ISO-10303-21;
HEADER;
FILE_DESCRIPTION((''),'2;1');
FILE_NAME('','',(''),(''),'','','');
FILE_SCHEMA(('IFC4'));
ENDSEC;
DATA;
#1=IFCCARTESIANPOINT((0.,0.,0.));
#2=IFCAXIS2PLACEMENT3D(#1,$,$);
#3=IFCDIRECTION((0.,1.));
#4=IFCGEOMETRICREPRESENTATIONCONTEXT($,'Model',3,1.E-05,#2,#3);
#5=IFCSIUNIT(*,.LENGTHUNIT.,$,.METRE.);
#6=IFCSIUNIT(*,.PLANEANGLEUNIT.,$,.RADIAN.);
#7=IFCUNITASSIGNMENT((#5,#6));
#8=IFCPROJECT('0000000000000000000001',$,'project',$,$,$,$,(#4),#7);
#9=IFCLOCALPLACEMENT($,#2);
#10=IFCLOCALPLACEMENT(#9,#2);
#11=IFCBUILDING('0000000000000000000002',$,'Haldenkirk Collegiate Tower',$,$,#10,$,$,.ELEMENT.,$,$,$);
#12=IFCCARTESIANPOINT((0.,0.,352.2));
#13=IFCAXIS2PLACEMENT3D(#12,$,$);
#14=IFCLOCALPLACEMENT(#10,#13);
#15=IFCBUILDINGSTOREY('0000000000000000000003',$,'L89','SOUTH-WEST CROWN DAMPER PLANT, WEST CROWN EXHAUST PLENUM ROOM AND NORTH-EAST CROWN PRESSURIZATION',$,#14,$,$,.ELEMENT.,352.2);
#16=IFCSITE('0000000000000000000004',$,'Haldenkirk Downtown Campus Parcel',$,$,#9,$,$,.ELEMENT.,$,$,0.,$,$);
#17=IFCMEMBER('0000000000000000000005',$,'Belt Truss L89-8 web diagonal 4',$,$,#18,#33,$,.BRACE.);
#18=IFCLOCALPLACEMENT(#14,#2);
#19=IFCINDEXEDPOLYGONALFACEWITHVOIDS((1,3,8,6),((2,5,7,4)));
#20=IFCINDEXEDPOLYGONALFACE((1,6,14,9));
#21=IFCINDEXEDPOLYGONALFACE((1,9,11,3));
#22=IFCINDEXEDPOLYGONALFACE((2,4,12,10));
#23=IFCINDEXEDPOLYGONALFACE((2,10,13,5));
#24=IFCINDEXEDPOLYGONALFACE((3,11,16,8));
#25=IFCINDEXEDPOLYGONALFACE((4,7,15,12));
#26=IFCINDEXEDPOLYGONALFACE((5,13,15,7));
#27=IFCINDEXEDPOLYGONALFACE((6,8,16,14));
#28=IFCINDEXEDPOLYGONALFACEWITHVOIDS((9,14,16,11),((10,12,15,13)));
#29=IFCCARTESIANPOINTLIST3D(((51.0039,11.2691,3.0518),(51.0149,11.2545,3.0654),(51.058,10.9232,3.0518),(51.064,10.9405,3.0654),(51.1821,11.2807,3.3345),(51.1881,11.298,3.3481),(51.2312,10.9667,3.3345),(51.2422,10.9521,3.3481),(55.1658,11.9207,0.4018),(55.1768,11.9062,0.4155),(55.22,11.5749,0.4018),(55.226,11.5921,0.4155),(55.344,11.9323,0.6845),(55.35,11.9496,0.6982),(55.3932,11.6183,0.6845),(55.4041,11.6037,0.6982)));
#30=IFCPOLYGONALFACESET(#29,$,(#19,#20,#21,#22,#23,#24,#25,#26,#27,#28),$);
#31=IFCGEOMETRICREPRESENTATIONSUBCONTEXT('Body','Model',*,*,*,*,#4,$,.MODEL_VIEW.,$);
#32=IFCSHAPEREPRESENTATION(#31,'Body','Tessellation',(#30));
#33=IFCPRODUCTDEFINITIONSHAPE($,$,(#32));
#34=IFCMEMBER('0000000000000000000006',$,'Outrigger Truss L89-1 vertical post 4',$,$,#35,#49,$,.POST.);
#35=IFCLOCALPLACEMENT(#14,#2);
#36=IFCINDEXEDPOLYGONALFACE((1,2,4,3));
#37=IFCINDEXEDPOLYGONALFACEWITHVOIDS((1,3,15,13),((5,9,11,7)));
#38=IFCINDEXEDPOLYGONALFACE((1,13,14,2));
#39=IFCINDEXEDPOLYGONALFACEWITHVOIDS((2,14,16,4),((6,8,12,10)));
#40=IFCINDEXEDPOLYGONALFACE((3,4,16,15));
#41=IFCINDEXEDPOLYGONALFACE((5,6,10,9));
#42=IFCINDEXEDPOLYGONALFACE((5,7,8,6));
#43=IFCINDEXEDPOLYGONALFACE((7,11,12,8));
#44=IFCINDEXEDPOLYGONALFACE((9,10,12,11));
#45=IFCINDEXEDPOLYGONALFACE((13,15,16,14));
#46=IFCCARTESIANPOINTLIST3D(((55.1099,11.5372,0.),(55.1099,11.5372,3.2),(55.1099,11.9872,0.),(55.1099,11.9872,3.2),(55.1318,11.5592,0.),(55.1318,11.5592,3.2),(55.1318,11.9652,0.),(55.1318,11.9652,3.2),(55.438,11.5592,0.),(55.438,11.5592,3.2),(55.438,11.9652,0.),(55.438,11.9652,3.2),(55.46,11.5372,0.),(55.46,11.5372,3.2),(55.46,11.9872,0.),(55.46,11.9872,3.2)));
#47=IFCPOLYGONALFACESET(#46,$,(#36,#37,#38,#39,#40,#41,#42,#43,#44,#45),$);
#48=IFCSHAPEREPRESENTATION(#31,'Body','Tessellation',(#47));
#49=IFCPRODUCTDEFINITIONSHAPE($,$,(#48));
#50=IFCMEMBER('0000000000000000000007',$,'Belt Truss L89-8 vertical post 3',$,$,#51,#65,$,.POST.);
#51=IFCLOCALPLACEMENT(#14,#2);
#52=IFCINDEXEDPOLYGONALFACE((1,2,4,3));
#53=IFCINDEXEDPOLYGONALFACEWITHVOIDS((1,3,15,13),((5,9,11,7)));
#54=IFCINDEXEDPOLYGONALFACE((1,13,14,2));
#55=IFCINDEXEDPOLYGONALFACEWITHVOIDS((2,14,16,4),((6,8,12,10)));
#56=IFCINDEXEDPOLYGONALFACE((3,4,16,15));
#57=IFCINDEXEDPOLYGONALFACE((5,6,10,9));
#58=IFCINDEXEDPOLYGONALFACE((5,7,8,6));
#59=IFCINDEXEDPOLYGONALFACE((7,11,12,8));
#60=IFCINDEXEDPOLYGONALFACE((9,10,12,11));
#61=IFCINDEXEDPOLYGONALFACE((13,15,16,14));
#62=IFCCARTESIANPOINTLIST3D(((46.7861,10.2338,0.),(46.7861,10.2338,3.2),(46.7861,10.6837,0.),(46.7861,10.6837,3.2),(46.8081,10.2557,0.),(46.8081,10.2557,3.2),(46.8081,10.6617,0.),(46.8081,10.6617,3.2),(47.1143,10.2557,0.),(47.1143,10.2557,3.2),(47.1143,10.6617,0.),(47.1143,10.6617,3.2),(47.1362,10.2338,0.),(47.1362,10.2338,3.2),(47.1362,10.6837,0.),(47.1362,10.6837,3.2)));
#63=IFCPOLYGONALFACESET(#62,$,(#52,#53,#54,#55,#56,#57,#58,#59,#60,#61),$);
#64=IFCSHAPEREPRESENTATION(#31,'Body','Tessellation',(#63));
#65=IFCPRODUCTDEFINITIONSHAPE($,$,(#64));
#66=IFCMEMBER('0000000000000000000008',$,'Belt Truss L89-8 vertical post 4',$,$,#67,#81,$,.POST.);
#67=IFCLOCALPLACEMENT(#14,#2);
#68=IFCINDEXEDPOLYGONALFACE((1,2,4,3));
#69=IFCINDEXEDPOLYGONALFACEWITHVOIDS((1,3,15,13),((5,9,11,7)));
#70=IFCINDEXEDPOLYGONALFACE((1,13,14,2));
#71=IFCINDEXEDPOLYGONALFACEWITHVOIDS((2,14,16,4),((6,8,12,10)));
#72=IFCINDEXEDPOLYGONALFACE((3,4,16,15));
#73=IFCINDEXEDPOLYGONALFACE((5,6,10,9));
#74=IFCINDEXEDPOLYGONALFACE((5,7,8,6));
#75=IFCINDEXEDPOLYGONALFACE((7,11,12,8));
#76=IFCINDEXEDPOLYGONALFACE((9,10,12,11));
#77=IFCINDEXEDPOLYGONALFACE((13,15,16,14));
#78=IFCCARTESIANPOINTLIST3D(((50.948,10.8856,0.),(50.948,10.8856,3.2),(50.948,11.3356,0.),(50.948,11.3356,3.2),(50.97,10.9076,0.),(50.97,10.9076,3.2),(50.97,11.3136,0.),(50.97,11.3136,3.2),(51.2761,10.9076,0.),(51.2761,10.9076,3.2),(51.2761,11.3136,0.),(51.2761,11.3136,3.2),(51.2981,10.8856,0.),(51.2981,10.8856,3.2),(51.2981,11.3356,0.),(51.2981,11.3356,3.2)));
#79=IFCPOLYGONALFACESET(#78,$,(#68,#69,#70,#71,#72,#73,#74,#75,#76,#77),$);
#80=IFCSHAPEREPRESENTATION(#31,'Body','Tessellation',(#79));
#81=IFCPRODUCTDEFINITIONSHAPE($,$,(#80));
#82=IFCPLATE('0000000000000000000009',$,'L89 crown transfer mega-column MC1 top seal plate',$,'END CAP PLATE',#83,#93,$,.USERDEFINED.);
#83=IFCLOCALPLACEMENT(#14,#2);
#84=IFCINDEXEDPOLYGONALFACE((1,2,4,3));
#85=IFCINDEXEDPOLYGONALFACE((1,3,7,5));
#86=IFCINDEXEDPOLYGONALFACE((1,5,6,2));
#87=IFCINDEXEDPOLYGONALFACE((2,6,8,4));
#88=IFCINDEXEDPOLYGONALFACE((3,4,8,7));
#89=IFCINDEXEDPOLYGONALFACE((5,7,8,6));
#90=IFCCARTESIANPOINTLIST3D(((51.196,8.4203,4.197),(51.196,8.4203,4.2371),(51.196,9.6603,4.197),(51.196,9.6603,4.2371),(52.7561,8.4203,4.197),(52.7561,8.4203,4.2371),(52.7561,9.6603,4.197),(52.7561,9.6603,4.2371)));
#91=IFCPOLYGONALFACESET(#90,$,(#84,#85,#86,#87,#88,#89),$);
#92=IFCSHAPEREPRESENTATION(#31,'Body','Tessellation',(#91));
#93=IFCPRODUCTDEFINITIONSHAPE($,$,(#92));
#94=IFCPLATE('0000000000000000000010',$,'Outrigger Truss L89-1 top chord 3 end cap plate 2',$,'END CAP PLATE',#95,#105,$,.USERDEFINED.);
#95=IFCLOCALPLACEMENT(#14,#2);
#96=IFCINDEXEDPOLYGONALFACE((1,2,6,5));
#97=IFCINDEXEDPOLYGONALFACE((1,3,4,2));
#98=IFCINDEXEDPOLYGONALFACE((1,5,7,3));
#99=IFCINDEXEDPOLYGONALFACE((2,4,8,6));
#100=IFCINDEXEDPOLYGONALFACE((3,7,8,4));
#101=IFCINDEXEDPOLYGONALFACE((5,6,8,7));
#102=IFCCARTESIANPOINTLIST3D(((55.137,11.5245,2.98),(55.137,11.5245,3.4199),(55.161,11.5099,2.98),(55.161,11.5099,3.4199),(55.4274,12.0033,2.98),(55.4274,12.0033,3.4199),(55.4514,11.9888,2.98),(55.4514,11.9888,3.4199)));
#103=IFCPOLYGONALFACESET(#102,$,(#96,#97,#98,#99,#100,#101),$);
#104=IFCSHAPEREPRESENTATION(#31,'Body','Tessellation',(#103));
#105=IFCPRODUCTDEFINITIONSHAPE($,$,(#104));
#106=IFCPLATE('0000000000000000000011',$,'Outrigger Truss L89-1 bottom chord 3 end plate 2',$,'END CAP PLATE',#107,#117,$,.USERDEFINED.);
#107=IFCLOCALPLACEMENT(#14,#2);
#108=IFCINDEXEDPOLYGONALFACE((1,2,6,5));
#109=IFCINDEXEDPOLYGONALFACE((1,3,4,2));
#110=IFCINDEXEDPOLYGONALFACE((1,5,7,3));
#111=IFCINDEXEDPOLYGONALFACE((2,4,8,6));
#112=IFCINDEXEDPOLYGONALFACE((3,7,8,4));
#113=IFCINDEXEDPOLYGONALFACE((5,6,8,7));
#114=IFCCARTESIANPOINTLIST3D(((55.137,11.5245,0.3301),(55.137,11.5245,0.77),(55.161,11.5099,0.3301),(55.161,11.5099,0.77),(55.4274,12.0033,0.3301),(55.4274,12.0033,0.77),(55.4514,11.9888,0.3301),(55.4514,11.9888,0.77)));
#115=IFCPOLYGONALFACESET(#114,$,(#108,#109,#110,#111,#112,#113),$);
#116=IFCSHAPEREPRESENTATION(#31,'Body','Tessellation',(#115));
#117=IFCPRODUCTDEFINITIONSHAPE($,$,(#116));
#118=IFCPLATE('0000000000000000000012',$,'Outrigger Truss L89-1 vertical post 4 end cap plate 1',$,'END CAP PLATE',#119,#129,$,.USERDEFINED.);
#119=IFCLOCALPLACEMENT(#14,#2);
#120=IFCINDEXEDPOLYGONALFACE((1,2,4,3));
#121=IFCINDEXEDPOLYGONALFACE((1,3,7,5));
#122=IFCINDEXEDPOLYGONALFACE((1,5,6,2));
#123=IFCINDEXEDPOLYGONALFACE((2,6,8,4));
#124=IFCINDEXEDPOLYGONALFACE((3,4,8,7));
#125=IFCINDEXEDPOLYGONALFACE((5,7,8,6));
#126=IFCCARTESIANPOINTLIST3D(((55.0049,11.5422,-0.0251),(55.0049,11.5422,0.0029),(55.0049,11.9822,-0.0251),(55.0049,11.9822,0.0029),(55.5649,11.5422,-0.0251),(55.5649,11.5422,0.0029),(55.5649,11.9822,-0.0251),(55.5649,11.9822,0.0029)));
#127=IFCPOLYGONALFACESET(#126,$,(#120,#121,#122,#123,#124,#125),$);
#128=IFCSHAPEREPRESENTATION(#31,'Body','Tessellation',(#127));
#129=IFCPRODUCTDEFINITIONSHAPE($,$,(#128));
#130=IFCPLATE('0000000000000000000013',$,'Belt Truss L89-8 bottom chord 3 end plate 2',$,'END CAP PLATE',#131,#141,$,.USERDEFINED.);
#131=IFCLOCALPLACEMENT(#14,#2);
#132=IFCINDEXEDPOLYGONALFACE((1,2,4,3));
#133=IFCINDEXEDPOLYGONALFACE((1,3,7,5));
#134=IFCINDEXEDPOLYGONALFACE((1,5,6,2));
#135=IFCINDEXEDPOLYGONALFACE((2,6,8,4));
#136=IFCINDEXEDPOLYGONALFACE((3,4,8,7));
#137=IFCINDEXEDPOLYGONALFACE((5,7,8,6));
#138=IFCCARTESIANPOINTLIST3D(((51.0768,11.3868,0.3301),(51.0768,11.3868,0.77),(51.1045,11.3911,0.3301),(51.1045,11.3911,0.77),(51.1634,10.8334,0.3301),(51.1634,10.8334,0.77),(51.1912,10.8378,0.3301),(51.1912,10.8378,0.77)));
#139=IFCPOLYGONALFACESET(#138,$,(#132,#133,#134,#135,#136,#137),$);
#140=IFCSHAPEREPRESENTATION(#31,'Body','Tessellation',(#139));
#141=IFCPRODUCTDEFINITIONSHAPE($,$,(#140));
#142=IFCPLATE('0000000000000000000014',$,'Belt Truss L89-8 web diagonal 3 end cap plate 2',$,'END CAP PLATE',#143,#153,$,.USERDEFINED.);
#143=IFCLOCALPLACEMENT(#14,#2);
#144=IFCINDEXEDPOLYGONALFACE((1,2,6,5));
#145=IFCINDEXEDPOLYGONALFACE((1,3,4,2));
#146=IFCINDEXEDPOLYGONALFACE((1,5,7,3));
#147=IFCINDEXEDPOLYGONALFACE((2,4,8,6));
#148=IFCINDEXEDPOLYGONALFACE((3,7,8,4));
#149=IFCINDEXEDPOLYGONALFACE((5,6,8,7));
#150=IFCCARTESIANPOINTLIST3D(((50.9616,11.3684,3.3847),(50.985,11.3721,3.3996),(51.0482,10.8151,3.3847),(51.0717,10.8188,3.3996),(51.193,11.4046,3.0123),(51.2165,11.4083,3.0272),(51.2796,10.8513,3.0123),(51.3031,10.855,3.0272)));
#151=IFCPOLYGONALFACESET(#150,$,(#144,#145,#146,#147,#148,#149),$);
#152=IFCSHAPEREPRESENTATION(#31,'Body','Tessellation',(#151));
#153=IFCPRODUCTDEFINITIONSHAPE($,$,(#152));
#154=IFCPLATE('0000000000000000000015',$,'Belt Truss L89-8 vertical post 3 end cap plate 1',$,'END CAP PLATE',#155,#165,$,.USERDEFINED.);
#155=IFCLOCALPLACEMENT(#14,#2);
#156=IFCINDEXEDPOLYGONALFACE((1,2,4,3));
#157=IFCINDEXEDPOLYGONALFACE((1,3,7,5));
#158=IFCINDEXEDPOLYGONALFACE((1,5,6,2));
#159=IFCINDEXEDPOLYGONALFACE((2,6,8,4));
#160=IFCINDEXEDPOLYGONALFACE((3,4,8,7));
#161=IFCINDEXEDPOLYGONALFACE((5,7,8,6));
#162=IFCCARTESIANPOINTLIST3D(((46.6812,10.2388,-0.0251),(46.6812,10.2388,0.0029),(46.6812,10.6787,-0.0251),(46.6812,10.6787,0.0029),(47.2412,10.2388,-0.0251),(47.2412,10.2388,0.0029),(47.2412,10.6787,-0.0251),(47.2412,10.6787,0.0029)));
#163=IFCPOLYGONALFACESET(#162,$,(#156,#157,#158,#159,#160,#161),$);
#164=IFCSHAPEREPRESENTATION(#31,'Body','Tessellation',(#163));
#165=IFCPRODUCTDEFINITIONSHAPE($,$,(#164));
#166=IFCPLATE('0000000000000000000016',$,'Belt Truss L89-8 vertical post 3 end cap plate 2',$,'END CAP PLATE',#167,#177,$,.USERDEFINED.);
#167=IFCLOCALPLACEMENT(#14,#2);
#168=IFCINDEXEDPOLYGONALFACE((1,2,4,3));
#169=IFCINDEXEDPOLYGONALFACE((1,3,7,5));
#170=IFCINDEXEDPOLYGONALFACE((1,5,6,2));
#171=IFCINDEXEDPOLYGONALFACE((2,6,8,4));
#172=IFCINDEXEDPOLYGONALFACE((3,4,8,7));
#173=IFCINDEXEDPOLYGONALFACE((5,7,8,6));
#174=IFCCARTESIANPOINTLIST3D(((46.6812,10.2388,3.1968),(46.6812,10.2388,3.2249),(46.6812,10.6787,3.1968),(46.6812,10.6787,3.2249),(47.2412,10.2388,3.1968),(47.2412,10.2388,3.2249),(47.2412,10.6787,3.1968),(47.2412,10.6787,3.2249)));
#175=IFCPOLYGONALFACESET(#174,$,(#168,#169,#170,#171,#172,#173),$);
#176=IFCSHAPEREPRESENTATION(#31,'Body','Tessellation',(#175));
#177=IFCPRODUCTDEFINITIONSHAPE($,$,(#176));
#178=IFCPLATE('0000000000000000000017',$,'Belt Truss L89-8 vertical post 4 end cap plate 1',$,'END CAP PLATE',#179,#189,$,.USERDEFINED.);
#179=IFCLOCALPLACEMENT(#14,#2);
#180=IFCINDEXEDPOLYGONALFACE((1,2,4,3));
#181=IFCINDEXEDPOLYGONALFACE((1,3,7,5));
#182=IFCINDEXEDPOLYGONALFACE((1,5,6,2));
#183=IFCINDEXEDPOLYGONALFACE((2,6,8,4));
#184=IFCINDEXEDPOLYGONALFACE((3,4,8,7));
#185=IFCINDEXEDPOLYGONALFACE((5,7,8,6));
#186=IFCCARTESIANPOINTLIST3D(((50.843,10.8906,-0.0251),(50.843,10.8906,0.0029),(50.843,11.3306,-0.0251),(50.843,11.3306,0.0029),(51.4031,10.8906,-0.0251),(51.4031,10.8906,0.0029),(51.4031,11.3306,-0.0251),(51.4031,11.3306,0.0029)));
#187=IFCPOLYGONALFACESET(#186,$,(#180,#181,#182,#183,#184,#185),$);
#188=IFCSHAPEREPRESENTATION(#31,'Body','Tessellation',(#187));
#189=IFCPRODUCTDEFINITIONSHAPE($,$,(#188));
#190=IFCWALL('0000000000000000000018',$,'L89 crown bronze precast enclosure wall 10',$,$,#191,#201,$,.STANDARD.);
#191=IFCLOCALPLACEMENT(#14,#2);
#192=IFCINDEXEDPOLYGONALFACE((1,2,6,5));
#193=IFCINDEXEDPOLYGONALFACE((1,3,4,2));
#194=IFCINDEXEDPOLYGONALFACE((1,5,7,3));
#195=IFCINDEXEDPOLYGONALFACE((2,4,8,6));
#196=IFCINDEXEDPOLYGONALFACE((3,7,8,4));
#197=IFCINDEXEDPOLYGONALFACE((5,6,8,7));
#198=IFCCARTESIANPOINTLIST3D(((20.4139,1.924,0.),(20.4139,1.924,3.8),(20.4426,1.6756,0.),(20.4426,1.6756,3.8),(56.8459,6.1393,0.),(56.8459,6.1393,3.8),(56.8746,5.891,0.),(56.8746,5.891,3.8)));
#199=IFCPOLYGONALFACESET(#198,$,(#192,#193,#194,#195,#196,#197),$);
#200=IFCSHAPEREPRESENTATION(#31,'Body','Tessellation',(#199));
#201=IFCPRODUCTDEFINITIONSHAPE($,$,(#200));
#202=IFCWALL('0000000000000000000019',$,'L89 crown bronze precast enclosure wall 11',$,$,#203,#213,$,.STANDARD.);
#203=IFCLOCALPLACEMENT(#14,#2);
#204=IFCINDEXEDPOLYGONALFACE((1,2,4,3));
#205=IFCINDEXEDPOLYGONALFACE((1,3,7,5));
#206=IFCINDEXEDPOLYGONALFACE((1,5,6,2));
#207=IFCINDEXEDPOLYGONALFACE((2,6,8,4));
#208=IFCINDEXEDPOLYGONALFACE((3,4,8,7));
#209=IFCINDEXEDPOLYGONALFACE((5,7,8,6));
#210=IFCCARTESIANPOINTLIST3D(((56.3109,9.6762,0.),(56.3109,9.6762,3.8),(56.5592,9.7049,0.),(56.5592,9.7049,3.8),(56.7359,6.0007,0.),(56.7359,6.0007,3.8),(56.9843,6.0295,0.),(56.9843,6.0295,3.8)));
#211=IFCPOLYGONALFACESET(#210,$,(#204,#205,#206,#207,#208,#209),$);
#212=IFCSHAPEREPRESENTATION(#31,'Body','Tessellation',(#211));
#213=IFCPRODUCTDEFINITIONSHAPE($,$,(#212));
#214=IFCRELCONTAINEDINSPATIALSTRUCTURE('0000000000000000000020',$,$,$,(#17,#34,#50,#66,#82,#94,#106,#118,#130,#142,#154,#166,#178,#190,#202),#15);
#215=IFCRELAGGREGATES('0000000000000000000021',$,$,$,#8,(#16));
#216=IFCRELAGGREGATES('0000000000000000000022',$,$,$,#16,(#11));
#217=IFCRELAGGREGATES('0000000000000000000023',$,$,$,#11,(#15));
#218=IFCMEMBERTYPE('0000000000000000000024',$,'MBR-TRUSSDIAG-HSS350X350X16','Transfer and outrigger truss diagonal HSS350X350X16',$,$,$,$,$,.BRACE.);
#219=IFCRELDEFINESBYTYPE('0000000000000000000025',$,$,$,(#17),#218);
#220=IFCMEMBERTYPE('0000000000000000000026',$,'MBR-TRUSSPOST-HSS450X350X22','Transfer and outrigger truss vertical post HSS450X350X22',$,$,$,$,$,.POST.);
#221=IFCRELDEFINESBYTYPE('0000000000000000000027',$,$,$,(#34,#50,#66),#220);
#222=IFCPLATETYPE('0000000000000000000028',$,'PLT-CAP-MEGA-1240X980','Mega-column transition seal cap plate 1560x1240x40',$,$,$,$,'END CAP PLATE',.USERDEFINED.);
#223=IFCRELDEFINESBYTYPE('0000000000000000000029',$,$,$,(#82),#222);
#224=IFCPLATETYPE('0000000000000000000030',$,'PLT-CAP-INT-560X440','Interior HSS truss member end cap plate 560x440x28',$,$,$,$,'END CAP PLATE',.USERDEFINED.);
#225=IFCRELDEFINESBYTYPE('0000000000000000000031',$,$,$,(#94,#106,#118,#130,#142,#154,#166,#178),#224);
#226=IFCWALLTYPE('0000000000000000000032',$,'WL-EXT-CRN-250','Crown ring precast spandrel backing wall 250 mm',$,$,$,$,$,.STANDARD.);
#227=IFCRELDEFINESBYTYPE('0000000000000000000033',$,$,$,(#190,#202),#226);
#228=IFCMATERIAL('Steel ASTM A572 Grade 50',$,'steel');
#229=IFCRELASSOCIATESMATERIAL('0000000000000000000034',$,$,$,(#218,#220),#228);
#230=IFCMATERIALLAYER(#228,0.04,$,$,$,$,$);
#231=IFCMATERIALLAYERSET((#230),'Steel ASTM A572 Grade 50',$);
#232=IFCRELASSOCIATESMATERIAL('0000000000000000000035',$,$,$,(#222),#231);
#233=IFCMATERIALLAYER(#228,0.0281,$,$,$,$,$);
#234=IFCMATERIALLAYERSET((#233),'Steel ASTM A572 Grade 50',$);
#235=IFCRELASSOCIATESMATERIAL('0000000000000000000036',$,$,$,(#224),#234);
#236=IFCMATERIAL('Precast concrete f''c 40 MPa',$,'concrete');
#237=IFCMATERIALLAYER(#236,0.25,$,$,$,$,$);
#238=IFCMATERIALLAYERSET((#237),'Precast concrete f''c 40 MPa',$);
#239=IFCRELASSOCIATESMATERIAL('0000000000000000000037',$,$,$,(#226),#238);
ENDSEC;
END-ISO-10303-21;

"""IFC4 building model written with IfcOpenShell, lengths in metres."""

from ifc_helpers import new_model, si_unit, direction, frame, frame_2d, origin, origin_2d, place, context, subcontext, project, spatial, rectangle, hollow_rectangle, extrude, source, transform, mapped, material, layer, layer_set, material_profile, profile_set, type_object, element, save


model = new_model("IFC4")

# Units and contexts
model_context = context("Model", 3, precision=1e-05, world=origin(), true_north=direction((0.0, 1.0)))
body_context = subcontext(model_context, "Body", "Model", "MODEL_VIEW")
ifc_project = project(units=[si_unit("LENGTHUNIT", "METRE"), si_unit("PLANEANGLEUNIT", "RADIAN")], contexts=[model_context])

# Site, building, storey
site_placement = place(None, origin())
site = spatial("IfcSite", under=ifc_project, at=site_placement, Name="Haldenkirk Downtown Campus Parcel", CompositionType="ELEMENT", RefElevation=0.0)
building_placement = place(site_placement, origin())
building = spatial("IfcBuilding", under=site, at=building_placement, Name="Haldenkirk Collegiate Tower", CompositionType="ELEMENT")
storey_placement = place(building_placement, frame((0.0, 0.0, 352.2)))
storey = spatial("IfcBuildingStorey", under=building, at=storey_placement, Name="L89", Description="SOUTH-WEST CROWN DAMPER PLANT, WEST CROWN EXHAUST PLENUM ROOM AND NORTH-EAST CROWN PRESSURIZATION", CompositionType="ELEMENT", Elevation=352.2)

# Shared definitions
ifc_material_1 = material(Name="Steel ASTM A572 Grade 50", Category="steel")

# Members
ifc_material_profile_1 = material_profile(ifc_material_1, hollow_rectangle(XDim=0.3501, YDim=0.3501, WallThickness=0.0161, at=origin_2d()), Name="HSS350X350X16")
ifc_profile_set_1 = profile_set([ifc_material_profile_1], Name="Steel ASTM A572 Grade 50")
member_type_1 = type_object("IfcMemberType", Name="MBR-TRUSSDIAG-HSS350X350X16", Description="Transfer and outrigger truss diagonal HSS350X350X16", PredefinedType="BRACE", material=ifc_profile_set_1)
member_1_placement = place(storey_placement, frame((51.123, 11.1106, 3.2), z_axis=(0.836267, 0.130932, -0.53246), x_axis=(-0.154683, 0.987964, 0.0)))
element("IfcMember", 1, at=member_1_placement, inside=storey, type_object=member_type_1, Name="Belt Truss L89-8 web diagonal 4", PredefinedType="BRACE", context=body_context, shape_type="SweptSolid", body=[
    extrude(hollow_rectangle(XDim=0.3501, YDim=0.3501, WallThickness=0.0161, at=origin_2d()), origin(), (0.0, 0.0, 1.0), 4.9768),
])
ifc_material_profile_2 = material_profile(ifc_material_1, hollow_rectangle(XDim=0.3501, YDim=0.45, WallThickness=0.022, at=origin_2d()), Name="HSS450X350X22")
ifc_profile_set_2 = profile_set([ifc_material_profile_2], Name="Steel ASTM A572 Grade 50")
member_type_2 = type_object("IfcMemberType", Name="MBR-TRUSSPOST-HSS450X350X22", Description="Transfer and outrigger truss vertical post HSS450X350X22", PredefinedType="POST", material=ifc_profile_set_2)
for number, where, z_axis, x_axis, name in (
    (2, (55.2849, 11.7622, 0.0), (0.0, 0.0, 1.0), (1.0, 0.0, 0.0), "Outrigger Truss L89-1 vertical post 4"),
    (3, (46.9612, 10.4587, 0.0), (0.0, 0.0, 1.0), (1.0, 0.0, 0.0), "Belt Truss L89-8 vertical post 3"),
    (4, (51.123, 11.1106, 0.0), (0.0, 0.0, 1.0), (1.0, 0.0, 0.0), "Belt Truss L89-8 vertical post 4"),
):
    element("IfcMember", number, at=place(storey_placement, frame(where, z_axis=z_axis, x_axis=x_axis)), inside=storey, type_object=member_type_2, Name=name, PredefinedType="POST", context=body_context, shape_type="SweptSolid", body=[
        extrude(hollow_rectangle(XDim=0.3501, YDim=0.45, WallThickness=0.022, at=origin_2d()), origin(), (0.0, 0.0, 1.0), 3.2),
    ])

# Plates
ifc_layer_1 = layer(ifc_material_1, 0.04)
ifc_layer_set_1 = layer_set([ifc_layer_1], Name="Steel ASTM A572 Grade 50")
plate_type_1 = type_object("IfcPlateType", Name="PLT-CAP-MEGA-1240X980", Description="Mega-column transition seal cap plate 1560x1240x40", ElementType="END CAP PLATE", PredefinedType="USERDEFINED", material=ifc_layer_set_1)
shared_shape_1 = source(origin(), body_context, "Body", "SweptSolid", [
    extrude(rectangle(XDim=1.5601, YDim=1.24, at=origin_2d()), origin(), (0.0, 0.0, 1.0), 0.04),
])
plate_placement = place(storey_placement, frame((51.9761, 9.0403, 4.197), z_axis=(0.0, 0.0, 1.0), x_axis=(1.0, 0.0, 0.0)))
element("IfcPlate", 5, at=plate_placement, inside=storey, type_object=plate_type_1, Name="L89 crown transfer mega-column MC1 top seal plate", ObjectType="END CAP PLATE", PredefinedType="USERDEFINED", context=body_context, shape_type="MappedRepresentation", body=[
    mapped(shared_shape_1, transform((0.0, 0.0, 0.0), x_axis=(1.0, 0.0, 0.0), y_axis=(0.0, 1.0, 0.0), z_axis=(0.0, 0.0, 1.0), scale=1.0)),
])
ifc_layer_2 = layer(ifc_material_1, 0.0281)
ifc_layer_set_2 = layer_set([ifc_layer_2], Name="Steel ASTM A572 Grade 50")
plate_type_2 = type_object("IfcPlateType", Name="PLT-CAP-INT-560X440", Description="Interior HSS truss member end cap plate 560x440x28", ElementType="END CAP PLATE", PredefinedType="USERDEFINED", material=ifc_layer_set_2)
shared_shape_2 = source(origin(), body_context, "Body", "SweptSolid", [
    extrude(rectangle(XDim=0.5601, YDim=0.4399, at=origin_2d()), origin(), (0.0, 0.0, 1.0), 0.0281),
])
for number, where, z_axis, x_axis, name in (
    (6, (55.2822, 11.7639, 3.2), (0.855031, -0.518578, 0.0), (0.518578, 0.855031, 0.0), "Outrigger Truss L89-1 top chord 3 end cap plate 2"),
    (7, (55.2822, 11.7639, 0.55), (0.855031, -0.518578, 0.0), (0.518578, 0.855031, 0.0), "Outrigger Truss L89-1 bottom chord 3 end plate 2"),
    (8, (55.2849, 11.7622, 0.0029), (0.0, 0.0, -1.0), (1.0, 0.0, 0.0), "Outrigger Truss L89-1 vertical post 4 end cap plate 1"),
    (9, (51.1201, 11.1101, 0.55), (0.98796, 0.154712, 0.0), (-0.154712, 0.98796, 0.0), "Belt Truss L89-8 bottom chord 3 end plate 2"),
    (10, (51.1206, 11.1099, 3.1985), (0.836253, 0.13095, 0.532479), (-0.154706, 0.987961, 0.0), "Belt Truss L89-8 web diagonal 3 end cap plate 2"),
    (11, (46.9612, 10.4587, 0.0029), (0.0, 0.0, -1.0), (1.0, 0.0, 0.0), "Belt Truss L89-8 vertical post 3 end cap plate 1"),
    (12, (46.9612, 10.4587, 3.1968), (0.0, 0.0, 1.0), (1.0, 0.0, 0.0), "Belt Truss L89-8 vertical post 3 end cap plate 2"),
    (13, (51.123, 11.1106, 0.0029), (0.0, 0.0, -1.0), (1.0, 0.0, 0.0), "Belt Truss L89-8 vertical post 4 end cap plate 1"),
):
    element("IfcPlate", number, at=place(storey_placement, frame(where, z_axis=z_axis, x_axis=x_axis)), inside=storey, type_object=plate_type_2, Name=name, ObjectType="END CAP PLATE", PredefinedType="USERDEFINED", context=body_context, shape_type="MappedRepresentation", body=[
        mapped(shared_shape_2, transform((0.0, 0.0, 0.0), x_axis=(1.0, 0.0, 0.0), y_axis=(0.0, 1.0, 0.0), z_axis=(0.0, 0.0, 1.0), scale=1.0)),
    ])

# Walls
ifc_material_2 = material(Name="Precast concrete f'c 40 MPa", Category="concrete")
ifc_layer_3 = layer(ifc_material_2, 0.25)
ifc_layer_set_3 = layer_set([ifc_layer_3], Name="Precast concrete f'c 40 MPa")
wall_type = type_object("IfcWallType", Name="WL-EXT-CRN-250", Description="Crown ring precast spandrel backing wall 250 mm", PredefinedType="STANDARD", material=ifc_layer_set_3)
wall_placement = place(storey_placement, frame((56.8601, 6.0151, 0.0), z_axis=(0.0, 0.0, 1.0), x_axis=(-0.993373, -0.114938, 0.0)))
element("IfcWall", 14, at=wall_placement, inside=storey, type_object=wall_type, Name="L89 crown bronze precast enclosure wall 10", PredefinedType="STANDARD", context=body_context, shape_type="SweptSolid", body=[
    extrude(rectangle(XDim=36.675, YDim=0.25, at=frame_2d((18.3374, 0.0))), origin(), (0.0, 0.0, 1.0), 3.8),
])
for number, where, z_axis, x_axis, name in (
    (15, (56.4351, 9.6907, 0.0), (0.0, 0.0, 1.0), (0.114877, -0.99338, 0.0), "L89 crown bronze precast enclosure wall 11"),
):
    element("IfcWall", number, at=place(storey_placement, frame(where, z_axis=z_axis, x_axis=x_axis)), inside=storey, type_object=wall_type, Name=name, PredefinedType="STANDARD", context=body_context, shape_type="SweptSolid", body=[
        extrude(rectangle(XDim=3.7, YDim=0.25, at=frame_2d((1.8501, 0.0))), origin(), (0.0, 0.0, 1.0), 3.8),
    ])

save(model, "model.ifc")
